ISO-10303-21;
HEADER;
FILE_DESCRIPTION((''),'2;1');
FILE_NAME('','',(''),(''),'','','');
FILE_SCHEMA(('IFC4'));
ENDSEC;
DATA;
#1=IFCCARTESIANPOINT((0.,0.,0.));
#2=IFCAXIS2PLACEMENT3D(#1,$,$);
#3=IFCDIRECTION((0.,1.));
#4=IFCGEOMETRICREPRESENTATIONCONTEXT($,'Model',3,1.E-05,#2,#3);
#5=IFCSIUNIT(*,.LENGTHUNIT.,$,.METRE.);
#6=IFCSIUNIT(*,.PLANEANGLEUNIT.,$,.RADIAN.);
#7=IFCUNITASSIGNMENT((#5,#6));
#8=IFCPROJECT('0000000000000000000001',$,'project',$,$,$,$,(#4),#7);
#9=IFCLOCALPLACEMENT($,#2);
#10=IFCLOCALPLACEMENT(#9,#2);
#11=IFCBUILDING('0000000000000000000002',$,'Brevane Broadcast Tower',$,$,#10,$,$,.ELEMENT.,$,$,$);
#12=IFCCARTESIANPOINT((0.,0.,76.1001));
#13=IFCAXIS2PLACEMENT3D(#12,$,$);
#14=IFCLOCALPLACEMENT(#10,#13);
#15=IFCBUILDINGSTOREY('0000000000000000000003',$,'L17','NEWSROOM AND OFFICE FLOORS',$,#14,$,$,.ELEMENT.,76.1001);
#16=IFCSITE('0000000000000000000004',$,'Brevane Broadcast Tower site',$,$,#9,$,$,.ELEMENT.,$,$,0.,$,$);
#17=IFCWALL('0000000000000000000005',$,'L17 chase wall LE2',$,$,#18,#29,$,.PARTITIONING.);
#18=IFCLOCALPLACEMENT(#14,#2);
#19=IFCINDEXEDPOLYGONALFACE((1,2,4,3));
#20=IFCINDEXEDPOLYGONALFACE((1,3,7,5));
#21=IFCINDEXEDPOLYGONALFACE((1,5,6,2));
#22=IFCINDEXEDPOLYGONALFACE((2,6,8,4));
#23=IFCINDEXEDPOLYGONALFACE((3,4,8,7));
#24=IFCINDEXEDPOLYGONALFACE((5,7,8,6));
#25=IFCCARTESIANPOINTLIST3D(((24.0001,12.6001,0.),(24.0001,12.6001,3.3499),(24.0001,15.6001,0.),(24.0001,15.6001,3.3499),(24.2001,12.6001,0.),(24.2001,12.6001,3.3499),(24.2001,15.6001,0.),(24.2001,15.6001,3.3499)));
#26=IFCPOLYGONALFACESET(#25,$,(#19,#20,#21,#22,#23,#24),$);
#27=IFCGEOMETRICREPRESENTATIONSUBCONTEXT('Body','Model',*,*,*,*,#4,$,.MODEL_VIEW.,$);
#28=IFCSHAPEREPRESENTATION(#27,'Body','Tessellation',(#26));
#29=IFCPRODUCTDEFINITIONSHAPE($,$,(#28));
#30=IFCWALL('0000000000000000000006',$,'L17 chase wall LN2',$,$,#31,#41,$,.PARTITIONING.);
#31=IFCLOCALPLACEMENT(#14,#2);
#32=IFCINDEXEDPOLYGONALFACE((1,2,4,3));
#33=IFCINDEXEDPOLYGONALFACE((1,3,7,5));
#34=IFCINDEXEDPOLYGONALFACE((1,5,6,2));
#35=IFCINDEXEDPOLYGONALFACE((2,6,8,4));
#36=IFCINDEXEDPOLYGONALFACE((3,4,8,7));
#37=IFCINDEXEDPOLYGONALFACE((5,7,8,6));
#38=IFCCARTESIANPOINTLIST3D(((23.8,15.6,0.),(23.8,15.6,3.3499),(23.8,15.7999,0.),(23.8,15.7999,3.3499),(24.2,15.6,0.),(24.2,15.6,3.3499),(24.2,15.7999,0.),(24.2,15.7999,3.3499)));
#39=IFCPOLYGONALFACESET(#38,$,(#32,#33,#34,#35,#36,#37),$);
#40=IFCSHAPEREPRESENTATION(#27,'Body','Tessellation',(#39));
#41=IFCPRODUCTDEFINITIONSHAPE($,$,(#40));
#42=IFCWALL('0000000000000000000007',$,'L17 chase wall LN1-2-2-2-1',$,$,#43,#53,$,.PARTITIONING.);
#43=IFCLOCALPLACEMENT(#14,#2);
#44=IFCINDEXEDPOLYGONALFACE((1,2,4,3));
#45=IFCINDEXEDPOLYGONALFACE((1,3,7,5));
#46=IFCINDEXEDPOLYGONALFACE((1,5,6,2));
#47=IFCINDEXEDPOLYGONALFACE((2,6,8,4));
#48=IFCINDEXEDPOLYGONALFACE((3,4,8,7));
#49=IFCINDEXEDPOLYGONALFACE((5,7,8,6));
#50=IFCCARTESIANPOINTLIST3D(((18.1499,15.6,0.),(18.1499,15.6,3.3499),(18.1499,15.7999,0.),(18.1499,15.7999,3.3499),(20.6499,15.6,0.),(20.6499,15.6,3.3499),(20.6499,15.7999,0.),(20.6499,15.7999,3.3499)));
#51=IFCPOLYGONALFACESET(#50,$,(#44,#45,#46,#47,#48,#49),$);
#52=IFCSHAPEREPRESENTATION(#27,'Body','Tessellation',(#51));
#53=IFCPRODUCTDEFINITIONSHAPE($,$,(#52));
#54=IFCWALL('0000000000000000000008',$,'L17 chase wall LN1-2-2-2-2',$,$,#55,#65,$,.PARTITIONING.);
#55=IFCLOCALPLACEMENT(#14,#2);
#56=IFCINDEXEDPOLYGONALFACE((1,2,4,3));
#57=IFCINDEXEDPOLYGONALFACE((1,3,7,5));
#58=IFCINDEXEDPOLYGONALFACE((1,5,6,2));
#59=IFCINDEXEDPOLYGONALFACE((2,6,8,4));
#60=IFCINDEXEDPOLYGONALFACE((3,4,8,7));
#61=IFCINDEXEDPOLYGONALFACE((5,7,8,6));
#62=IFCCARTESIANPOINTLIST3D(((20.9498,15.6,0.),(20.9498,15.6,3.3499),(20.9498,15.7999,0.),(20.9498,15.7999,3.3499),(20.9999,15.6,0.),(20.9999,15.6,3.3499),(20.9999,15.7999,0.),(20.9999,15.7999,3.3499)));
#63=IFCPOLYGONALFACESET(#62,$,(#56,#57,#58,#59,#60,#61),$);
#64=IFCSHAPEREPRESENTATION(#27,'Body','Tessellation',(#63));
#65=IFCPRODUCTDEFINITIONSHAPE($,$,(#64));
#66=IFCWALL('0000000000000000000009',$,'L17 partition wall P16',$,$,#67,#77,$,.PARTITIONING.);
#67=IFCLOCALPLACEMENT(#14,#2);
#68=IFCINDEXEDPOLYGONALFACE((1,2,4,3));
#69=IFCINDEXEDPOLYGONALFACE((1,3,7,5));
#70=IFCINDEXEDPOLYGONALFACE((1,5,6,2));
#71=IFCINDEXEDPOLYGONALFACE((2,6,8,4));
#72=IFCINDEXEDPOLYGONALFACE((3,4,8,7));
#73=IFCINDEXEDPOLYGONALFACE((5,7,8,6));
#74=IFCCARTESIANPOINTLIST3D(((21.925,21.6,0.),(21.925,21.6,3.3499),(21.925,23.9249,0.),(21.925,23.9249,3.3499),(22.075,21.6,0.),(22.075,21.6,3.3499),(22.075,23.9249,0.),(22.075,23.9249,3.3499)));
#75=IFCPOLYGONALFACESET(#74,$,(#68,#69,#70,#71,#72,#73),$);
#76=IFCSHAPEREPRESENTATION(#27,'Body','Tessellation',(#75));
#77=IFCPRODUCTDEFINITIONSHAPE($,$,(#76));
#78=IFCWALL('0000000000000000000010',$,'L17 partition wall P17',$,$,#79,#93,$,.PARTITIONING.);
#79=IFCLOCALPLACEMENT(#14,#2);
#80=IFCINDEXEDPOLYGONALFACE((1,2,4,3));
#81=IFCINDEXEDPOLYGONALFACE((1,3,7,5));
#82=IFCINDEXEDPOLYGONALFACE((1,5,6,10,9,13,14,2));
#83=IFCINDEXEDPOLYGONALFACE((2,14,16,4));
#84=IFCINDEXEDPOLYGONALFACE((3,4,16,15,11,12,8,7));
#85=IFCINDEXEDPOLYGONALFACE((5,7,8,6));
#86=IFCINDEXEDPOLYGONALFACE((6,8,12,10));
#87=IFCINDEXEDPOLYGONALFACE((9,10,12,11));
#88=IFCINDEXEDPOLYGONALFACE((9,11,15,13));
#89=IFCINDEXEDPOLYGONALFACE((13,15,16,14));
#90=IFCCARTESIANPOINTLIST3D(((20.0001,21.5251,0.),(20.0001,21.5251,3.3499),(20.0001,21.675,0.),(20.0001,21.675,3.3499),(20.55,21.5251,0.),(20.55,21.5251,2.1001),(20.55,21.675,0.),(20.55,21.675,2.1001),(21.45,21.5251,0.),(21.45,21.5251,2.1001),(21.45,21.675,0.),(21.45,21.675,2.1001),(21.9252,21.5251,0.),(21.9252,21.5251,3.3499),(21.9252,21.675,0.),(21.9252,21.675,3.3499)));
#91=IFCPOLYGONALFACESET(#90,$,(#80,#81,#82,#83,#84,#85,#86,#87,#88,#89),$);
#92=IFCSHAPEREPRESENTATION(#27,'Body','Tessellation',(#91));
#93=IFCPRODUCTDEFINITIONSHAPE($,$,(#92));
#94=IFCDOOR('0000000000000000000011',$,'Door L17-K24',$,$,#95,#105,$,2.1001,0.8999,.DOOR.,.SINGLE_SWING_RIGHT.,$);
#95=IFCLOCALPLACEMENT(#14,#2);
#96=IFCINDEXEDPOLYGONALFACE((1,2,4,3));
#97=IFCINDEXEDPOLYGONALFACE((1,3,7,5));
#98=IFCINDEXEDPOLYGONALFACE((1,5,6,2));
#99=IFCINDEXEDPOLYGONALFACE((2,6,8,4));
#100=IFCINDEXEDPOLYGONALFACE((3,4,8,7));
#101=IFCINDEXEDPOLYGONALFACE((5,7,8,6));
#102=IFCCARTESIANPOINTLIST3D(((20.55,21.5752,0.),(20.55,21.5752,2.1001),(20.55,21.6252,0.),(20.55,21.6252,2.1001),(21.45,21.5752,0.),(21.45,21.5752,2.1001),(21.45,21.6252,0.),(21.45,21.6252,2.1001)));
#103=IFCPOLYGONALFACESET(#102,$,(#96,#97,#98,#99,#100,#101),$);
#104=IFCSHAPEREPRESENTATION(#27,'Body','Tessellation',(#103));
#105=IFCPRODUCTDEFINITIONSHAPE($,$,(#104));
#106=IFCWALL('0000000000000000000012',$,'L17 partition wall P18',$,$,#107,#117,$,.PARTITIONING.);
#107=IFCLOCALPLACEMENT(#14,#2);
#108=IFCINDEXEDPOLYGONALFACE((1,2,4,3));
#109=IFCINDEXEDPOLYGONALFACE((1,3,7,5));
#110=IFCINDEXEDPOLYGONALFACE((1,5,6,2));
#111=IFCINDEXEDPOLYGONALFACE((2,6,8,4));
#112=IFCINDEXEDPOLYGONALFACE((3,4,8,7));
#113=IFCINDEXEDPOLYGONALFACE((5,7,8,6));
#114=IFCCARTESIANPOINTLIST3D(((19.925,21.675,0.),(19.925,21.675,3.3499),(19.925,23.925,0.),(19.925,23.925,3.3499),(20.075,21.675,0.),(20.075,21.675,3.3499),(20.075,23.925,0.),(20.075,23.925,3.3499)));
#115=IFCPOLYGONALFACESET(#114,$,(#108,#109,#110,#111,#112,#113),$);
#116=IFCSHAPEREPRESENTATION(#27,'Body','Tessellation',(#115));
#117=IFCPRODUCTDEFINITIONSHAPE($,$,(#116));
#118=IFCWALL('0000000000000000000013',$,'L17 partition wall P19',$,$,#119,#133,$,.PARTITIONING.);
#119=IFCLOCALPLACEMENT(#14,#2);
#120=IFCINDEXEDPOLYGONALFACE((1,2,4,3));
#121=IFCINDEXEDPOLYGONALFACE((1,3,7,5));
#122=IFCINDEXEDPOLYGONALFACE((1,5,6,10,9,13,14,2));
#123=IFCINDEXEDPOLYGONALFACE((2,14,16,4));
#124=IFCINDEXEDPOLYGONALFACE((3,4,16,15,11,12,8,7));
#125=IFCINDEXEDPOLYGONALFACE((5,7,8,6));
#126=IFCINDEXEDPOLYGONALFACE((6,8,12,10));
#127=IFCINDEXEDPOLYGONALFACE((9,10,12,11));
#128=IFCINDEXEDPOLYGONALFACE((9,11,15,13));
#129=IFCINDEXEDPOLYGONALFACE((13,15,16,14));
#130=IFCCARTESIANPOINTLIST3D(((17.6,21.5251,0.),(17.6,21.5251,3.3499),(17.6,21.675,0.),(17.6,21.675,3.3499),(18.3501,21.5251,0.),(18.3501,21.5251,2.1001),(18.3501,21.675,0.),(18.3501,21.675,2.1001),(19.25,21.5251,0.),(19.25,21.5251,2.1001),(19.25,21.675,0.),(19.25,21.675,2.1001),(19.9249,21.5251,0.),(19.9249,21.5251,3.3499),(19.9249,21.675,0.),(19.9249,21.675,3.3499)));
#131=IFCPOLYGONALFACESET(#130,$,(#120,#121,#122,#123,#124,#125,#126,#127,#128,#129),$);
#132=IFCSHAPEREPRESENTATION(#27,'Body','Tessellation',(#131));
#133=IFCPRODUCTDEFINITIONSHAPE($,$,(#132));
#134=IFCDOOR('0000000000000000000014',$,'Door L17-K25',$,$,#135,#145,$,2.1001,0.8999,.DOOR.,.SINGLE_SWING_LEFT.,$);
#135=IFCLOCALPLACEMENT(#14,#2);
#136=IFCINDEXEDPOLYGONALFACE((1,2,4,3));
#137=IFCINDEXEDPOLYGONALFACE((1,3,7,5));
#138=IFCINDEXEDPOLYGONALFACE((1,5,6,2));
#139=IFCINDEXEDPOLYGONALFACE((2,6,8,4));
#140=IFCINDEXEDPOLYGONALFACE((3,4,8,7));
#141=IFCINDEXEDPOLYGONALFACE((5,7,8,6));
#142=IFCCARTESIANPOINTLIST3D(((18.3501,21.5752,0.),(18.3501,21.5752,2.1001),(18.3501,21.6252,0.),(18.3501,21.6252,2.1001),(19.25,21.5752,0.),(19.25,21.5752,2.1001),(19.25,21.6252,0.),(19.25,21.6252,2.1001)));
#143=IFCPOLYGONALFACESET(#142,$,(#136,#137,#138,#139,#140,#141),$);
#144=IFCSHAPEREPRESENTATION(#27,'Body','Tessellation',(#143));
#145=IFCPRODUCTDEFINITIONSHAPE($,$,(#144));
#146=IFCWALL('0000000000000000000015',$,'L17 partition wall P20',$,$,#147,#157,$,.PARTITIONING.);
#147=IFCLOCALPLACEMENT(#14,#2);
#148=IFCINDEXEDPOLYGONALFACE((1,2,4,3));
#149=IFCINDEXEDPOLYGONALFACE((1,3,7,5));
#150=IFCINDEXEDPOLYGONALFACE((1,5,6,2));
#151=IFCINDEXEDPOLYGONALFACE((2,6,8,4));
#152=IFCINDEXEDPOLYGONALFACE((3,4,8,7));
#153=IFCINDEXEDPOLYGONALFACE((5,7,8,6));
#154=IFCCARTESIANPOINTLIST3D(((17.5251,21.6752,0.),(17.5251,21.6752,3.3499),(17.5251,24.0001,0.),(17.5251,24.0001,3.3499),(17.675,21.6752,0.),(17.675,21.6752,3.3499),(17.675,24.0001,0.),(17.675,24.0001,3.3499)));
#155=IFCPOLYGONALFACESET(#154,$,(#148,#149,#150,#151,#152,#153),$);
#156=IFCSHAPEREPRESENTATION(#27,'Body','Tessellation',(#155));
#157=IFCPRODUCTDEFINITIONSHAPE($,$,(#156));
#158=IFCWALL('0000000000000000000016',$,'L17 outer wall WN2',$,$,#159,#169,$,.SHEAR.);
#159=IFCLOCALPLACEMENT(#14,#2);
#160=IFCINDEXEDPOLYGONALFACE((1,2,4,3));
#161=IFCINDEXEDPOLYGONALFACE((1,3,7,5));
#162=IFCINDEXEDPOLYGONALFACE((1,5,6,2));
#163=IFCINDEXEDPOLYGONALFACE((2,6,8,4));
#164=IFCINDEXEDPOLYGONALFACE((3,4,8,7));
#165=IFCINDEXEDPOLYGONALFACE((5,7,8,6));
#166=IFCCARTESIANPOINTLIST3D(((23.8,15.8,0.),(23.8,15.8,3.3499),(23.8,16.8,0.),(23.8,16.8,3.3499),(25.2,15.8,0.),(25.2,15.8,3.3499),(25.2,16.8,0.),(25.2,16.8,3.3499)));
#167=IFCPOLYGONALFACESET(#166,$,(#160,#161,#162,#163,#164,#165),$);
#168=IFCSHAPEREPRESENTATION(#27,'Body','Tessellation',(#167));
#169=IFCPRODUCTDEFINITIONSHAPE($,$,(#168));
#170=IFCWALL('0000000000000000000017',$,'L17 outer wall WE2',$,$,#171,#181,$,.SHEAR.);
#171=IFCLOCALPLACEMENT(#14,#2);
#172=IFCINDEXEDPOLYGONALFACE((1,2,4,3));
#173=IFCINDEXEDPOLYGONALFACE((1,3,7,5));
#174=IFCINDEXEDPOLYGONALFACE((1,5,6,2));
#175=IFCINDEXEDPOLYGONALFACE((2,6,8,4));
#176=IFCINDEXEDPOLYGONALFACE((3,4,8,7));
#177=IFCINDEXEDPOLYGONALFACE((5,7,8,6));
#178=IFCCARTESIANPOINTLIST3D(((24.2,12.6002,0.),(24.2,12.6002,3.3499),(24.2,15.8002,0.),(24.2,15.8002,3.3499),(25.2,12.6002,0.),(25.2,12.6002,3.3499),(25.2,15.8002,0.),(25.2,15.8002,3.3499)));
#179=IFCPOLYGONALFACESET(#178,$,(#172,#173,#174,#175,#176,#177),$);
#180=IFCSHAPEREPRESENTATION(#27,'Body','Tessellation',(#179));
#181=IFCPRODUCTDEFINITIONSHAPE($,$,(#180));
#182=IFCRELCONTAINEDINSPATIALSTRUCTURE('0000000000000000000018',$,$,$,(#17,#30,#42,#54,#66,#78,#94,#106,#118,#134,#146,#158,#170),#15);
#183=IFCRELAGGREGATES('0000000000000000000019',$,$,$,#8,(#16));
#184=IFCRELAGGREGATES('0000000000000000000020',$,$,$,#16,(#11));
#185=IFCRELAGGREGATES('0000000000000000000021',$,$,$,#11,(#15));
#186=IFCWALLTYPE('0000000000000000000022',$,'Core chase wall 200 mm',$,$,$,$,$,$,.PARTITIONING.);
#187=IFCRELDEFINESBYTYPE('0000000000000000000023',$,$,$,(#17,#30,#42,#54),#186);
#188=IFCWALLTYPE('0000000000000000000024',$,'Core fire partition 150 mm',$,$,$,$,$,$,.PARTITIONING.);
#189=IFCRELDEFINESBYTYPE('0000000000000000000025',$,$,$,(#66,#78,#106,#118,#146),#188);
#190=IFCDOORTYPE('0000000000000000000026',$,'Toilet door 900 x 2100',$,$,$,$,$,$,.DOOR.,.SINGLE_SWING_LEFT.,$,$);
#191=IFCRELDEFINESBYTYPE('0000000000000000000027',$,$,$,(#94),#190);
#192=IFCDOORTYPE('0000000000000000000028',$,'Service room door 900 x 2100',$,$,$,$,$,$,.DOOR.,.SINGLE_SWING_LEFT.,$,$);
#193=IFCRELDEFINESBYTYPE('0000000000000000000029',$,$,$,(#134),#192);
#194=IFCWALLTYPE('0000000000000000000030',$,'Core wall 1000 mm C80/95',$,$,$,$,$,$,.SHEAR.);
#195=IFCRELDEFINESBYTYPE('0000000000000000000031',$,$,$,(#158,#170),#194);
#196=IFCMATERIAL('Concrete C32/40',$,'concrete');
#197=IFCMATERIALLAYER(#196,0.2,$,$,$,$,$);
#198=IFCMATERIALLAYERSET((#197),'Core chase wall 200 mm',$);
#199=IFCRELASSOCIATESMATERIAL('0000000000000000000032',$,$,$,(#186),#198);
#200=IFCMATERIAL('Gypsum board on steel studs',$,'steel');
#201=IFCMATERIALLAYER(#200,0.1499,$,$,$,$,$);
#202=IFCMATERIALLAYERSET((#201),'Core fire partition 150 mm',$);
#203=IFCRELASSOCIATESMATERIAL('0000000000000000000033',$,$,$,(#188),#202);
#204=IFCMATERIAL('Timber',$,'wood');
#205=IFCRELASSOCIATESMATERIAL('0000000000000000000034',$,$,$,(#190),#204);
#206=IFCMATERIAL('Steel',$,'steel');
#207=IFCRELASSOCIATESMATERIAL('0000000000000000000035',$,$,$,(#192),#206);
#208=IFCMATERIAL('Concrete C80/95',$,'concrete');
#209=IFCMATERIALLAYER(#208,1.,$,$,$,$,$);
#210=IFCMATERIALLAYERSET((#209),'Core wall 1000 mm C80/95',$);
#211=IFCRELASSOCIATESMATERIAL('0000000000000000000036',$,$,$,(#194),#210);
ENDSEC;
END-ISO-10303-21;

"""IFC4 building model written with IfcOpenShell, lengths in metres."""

from ifc_helpers import new_model, si_unit, direction, frame, frame_2d, origin, place, context, subcontext, project, spatial, rectangle, extrude, material, layer, layer_set, type_object, element, fill, save


model = new_model("IFC4")

# Units and contexts
model_context = context("Model", 3, precision=1e-05, world=origin(), true_north=direction((0.0, 1.0)))
body_context = subcontext(model_context, "Body", "Model", "MODEL_VIEW")
ifc_project = project(units=[si_unit("LENGTHUNIT", "METRE"), si_unit("PLANEANGLEUNIT", "RADIAN")], contexts=[model_context])

# Site, building, storey
site_placement = place(None, origin())
site = spatial("IfcSite", under=ifc_project, at=site_placement, Name="Brevane Broadcast Tower site", CompositionType="ELEMENT", RefElevation=0.0)
building_placement = place(site_placement, origin())
building = spatial("IfcBuilding", under=site, at=building_placement, Name="Brevane Broadcast Tower", CompositionType="ELEMENT")
storey_placement = place(building_placement, frame((0.0, 0.0, 76.1001)))
storey = spatial("IfcBuildingStorey", under=building, at=storey_placement, Name="L17", Description="NEWSROOM AND OFFICE FLOORS", CompositionType="ELEMENT", Elevation=76.1001)

# Walls
ifc_material_1 = material(Name="Concrete C32/40", Category="concrete")
ifc_layer_1 = layer(ifc_material_1, 0.2)
ifc_layer_set_1 = layer_set([ifc_layer_1], Name="Core chase wall 200 mm")
wall_type_1 = type_object("IfcWallType", Name="Core chase wall 200 mm", PredefinedType="PARTITIONING", material=ifc_layer_set_1)
wall_1_placement = place(storey_placement, frame((24.1001, 12.6001, 0.0), z_axis=(0.0, 0.0, 1.0), x_axis=(0.0, 1.0, 0.0)))
element("IfcWall", 1, at=wall_1_placement, inside=storey, type_object=wall_type_1, Name="L17 chase wall LE2", PredefinedType="PARTITIONING", context=body_context, shape_type="SweptSolid", body=[
    extrude(rectangle(XDim=3.0, YDim=0.2, at=frame_2d((1.5, 0.0))), origin(), (0.0, 0.0, 1.0), 3.3499),
])
wall_2_placement = place(storey_placement, frame((23.8, 15.7, 0.0), z_axis=(0.0, 0.0, 1.0), x_axis=(1.0, 0.0, 0.0)))
element("IfcWall", 2, at=wall_2_placement, inside=storey, type_object=wall_type_1, Name="L17 chase wall LN2", PredefinedType="PARTITIONING", context=body_context, shape_type="SweptSolid", body=[
    extrude(rectangle(XDim=0.3999, YDim=0.2, at=frame_2d((0.2, 0.0))), origin(), (0.0, 0.0, 1.0), 3.3499),
])
wall_3_placement = place(storey_placement, frame((18.1499, 15.7, 0.0), z_axis=(0.0, 0.0, 1.0), x_axis=(1.0, 0.0, 0.0)))
element("IfcWall", 3, at=wall_3_placement, inside=storey, type_object=wall_type_1, Name="L17 chase wall LN1-2-2-2-1", PredefinedType="PARTITIONING", context=body_context, shape_type="SweptSolid", body=[
    extrude(rectangle(XDim=2.5, YDim=0.2, at=frame_2d((1.25, 0.0))), origin(), (0.0, 0.0, 1.0), 3.3499),
])
wall_4_placement = place(storey_placement, frame((20.95, 15.7, 0.0), z_axis=(0.0, 0.0, 1.0), x_axis=(1.0, 0.0, 0.0)))
element("IfcWall", 4, at=wall_4_placement, inside=storey, type_object=wall_type_1, Name="L17 chase wall LN1-2-2-2-2", PredefinedType="PARTITIONING", context=body_context, shape_type="SweptSolid", body=[
    extrude(rectangle(XDim=0.05, YDim=0.2, at=frame_2d((0.0249, 0.0))), origin(), (0.0, 0.0, 1.0), 3.3499),
])
ifc_material_2 = material(Name="Gypsum board on steel studs", Category="steel")
ifc_layer_2 = layer(ifc_material_2, 0.1499)
ifc_layer_set_2 = layer_set([ifc_layer_2], Name="Core fire partition 150 mm")
wall_type_2 = type_object("IfcWallType", Name="Core fire partition 150 mm", PredefinedType="PARTITIONING", material=ifc_layer_set_2)
wall_5_placement = place(storey_placement, frame((22.0, 23.925, 0.0), z_axis=(0.0, 0.0, 1.0), x_axis=(0.0, -1.0, 0.0)))
element("IfcWall", 5, at=wall_5_placement, inside=storey, type_object=wall_type_2, Name="L17 partition wall P16", PredefinedType="PARTITIONING", context=body_context, shape_type="SweptSolid", body=[
    extrude(rectangle(XDim=2.325, YDim=0.1499, at=frame_2d((1.1626, 0.0))), origin(), (0.0, 0.0, 1.0), 3.3499),
])

# Wall, opening, door
wall_6_placement = place(storey_placement, frame((21.925, 21.6001, 0.0), z_axis=(0.0, 0.0, 1.0), x_axis=(-1.0, 0.0, 0.0)))
wall_6 = element("IfcWall", 6, at=wall_6_placement, inside=storey, type_object=wall_type_2, Name="L17 partition wall P17", PredefinedType="PARTITIONING", context=body_context, shape_type="SweptSolid", body=[
    extrude(rectangle(XDim=1.925, YDim=0.1499, at=frame_2d((0.9624, 0.0))), origin(), (0.0, 0.0, 1.0), 3.3499),
])
opening_1_placement = place(wall_6_placement, frame((0.4751, 0.0, 0.0)))
opening_1 = element("IfcOpeningElement", 7, at=opening_1_placement, cuts=wall_6, PredefinedType="OPENING", context=body_context, shape_type="SweptSolid", body=[
    extrude(rectangle(XDim=0.8999, YDim=2.1001, at=frame_2d((0.45, 1.05))), frame((0.0, 0.085, 0.0), z_axis=(0.0, -1.0, 0.0), x_axis=(1.0, 0.0, 0.0)), (0.0, 0.0, 1.0), 0.1699),
])
ifc_material_3 = material(Name="Timber", Category="wood")
door_type_1 = type_object("IfcDoorType", Name="Toilet door 900 x 2100", OperationType="SINGLE_SWING_LEFT", PredefinedType="DOOR", material=ifc_material_3)
door_1_placement = place(opening_1_placement, origin())
door_1 = element("IfcDoor", 8, at=door_1_placement, inside=storey, type_object=door_type_1, Name="Door L17-K24", OperationType="SINGLE_SWING_RIGHT", OverallHeight=2.1001, OverallWidth=0.8999, PredefinedType="DOOR", context=body_context, shape_type="SweptSolid", body=[
    extrude(rectangle(XDim=0.8999, YDim=2.1001, at=frame_2d((0.45, 1.05))), frame((0.0, 0.0249, 0.0), z_axis=(0.0, -1.0, 0.0), x_axis=(1.0, 0.0, 0.0)), (0.0, 0.0, 1.0), 0.05),
])
fill(opening_1, door_1)

# Wall
wall_7_placement = place(storey_placement, frame((20.0, 21.675, 0.0), z_axis=(0.0, 0.0, 1.0), x_axis=(0.0, 1.0, 0.0)))
element("IfcWall", 9, at=wall_7_placement, inside=storey, type_object=wall_type_2, Name="L17 partition wall P18", PredefinedType="PARTITIONING", context=body_context, shape_type="SweptSolid", body=[
    extrude(rectangle(XDim=2.25, YDim=0.1499, at=frame_2d((1.125, 0.0))), origin(), (0.0, 0.0, 1.0), 3.3499),
])

# Wall, opening, door
wall_8_placement = place(storey_placement, frame((19.925, 21.6001, 0.0), z_axis=(0.0, 0.0, 1.0), x_axis=(-1.0, 0.0, 0.0)))
wall_8 = element("IfcWall", 10, at=wall_8_placement, inside=storey, type_object=wall_type_2, Name="L17 partition wall P19", PredefinedType="PARTITIONING", context=body_context, shape_type="SweptSolid", body=[
    extrude(rectangle(XDim=2.325, YDim=0.1499, at=frame_2d((1.1626, 0.0))), origin(), (0.0, 0.0, 1.0), 3.3499),
])
opening_2_placement = place(wall_8_placement, frame((0.675, 0.0, 0.0)))
opening_2 = element("IfcOpeningElement", 11, at=opening_2_placement, cuts=wall_8, PredefinedType="OPENING", context=body_context, shape_type="SweptSolid", body=[
    extrude(rectangle(XDim=0.8999, YDim=2.1001, at=frame_2d((0.45, 1.05))), frame((0.0, 0.085, 0.0), z_axis=(0.0, -1.0, 0.0), x_axis=(1.0, 0.0, 0.0)), (0.0, 0.0, 1.0), 0.1699),
])
ifc_material_4 = material(Name="Steel", Category="steel")
door_type_2 = type_object("IfcDoorType", Name="Service room door 900 x 2100", OperationType="SINGLE_SWING_LEFT", PredefinedType="DOOR", material=ifc_material_4)
door_2_placement = place(opening_2_placement, origin())
door_2 = element("IfcDoor", 12, at=door_2_placement, inside=storey, type_object=door_type_2, Name="Door L17-K25", OperationType="SINGLE_SWING_LEFT", OverallHeight=2.1001, OverallWidth=0.8999, PredefinedType="DOOR", context=body_context, shape_type="SweptSolid", body=[
    extrude(rectangle(XDim=0.8999, YDim=2.1001, at=frame_2d((0.45, 1.05))), frame((0.0, 0.0249, 0.0), z_axis=(0.0, -1.0, 0.0), x_axis=(1.0, 0.0, 0.0)), (0.0, 0.0, 1.0), 0.05),
])
fill(opening_2, door_2)

# Walls
wall_9_placement = place(storey_placement, frame((17.6001, 21.675, 0.0), z_axis=(0.0, 0.0, 1.0), x_axis=(0.0, 1.0, 0.0)))
element("IfcWall", 13, at=wall_9_placement, inside=storey, type_object=wall_type_2, Name="L17 partition wall P20", PredefinedType="PARTITIONING", context=body_context, shape_type="SweptSolid", body=[
    extrude(rectangle(XDim=2.325, YDim=0.1499, at=frame_2d((1.1626, 0.0))), origin(), (0.0, 0.0, 1.0), 3.3499),
])
ifc_material_5 = material(Name="Concrete C80/95", Category="concrete")
ifc_layer_3 = layer(ifc_material_5, 1.0)
ifc_layer_set_3 = layer_set([ifc_layer_3], Name="Core wall 1000 mm C80/95")
wall_type_3 = type_object("IfcWallType", Name="Core wall 1000 mm C80/95", PredefinedType="SHEAR", material=ifc_layer_set_3)
wall_10_placement = place(storey_placement, frame((23.8, 16.3, 0.0), z_axis=(0.0, 0.0, 1.0), x_axis=(1.0, 0.0, 0.0)))
element("IfcWall", 14, at=wall_10_placement, inside=storey, type_object=wall_type_3, Name="L17 outer wall WN2", PredefinedType="SHEAR", context=body_context, shape_type="SweptSolid", body=[
    extrude(rectangle(XDim=1.3999, YDim=1.0, at=frame_2d((0.7, 0.0))), origin(), (0.0, 0.0, 1.0), 3.3499),
])
wall_11_placement = place(storey_placement, frame((24.7, 12.6001, 0.0), z_axis=(0.0, 0.0, 1.0), x_axis=(0.0, 1.0, 0.0)))
element("IfcWall", 15, at=wall_11_placement, inside=storey, type_object=wall_type_3, Name="L17 outer wall WE2", PredefinedType="SHEAR", context=body_context, shape_type="SweptSolid", body=[
    extrude(rectangle(XDim=3.2, YDim=1.0, at=frame_2d((1.6001, 0.0))), origin(), (0.0, 0.0, 1.0), 3.3499),
])

save(model, "model.ifc")
